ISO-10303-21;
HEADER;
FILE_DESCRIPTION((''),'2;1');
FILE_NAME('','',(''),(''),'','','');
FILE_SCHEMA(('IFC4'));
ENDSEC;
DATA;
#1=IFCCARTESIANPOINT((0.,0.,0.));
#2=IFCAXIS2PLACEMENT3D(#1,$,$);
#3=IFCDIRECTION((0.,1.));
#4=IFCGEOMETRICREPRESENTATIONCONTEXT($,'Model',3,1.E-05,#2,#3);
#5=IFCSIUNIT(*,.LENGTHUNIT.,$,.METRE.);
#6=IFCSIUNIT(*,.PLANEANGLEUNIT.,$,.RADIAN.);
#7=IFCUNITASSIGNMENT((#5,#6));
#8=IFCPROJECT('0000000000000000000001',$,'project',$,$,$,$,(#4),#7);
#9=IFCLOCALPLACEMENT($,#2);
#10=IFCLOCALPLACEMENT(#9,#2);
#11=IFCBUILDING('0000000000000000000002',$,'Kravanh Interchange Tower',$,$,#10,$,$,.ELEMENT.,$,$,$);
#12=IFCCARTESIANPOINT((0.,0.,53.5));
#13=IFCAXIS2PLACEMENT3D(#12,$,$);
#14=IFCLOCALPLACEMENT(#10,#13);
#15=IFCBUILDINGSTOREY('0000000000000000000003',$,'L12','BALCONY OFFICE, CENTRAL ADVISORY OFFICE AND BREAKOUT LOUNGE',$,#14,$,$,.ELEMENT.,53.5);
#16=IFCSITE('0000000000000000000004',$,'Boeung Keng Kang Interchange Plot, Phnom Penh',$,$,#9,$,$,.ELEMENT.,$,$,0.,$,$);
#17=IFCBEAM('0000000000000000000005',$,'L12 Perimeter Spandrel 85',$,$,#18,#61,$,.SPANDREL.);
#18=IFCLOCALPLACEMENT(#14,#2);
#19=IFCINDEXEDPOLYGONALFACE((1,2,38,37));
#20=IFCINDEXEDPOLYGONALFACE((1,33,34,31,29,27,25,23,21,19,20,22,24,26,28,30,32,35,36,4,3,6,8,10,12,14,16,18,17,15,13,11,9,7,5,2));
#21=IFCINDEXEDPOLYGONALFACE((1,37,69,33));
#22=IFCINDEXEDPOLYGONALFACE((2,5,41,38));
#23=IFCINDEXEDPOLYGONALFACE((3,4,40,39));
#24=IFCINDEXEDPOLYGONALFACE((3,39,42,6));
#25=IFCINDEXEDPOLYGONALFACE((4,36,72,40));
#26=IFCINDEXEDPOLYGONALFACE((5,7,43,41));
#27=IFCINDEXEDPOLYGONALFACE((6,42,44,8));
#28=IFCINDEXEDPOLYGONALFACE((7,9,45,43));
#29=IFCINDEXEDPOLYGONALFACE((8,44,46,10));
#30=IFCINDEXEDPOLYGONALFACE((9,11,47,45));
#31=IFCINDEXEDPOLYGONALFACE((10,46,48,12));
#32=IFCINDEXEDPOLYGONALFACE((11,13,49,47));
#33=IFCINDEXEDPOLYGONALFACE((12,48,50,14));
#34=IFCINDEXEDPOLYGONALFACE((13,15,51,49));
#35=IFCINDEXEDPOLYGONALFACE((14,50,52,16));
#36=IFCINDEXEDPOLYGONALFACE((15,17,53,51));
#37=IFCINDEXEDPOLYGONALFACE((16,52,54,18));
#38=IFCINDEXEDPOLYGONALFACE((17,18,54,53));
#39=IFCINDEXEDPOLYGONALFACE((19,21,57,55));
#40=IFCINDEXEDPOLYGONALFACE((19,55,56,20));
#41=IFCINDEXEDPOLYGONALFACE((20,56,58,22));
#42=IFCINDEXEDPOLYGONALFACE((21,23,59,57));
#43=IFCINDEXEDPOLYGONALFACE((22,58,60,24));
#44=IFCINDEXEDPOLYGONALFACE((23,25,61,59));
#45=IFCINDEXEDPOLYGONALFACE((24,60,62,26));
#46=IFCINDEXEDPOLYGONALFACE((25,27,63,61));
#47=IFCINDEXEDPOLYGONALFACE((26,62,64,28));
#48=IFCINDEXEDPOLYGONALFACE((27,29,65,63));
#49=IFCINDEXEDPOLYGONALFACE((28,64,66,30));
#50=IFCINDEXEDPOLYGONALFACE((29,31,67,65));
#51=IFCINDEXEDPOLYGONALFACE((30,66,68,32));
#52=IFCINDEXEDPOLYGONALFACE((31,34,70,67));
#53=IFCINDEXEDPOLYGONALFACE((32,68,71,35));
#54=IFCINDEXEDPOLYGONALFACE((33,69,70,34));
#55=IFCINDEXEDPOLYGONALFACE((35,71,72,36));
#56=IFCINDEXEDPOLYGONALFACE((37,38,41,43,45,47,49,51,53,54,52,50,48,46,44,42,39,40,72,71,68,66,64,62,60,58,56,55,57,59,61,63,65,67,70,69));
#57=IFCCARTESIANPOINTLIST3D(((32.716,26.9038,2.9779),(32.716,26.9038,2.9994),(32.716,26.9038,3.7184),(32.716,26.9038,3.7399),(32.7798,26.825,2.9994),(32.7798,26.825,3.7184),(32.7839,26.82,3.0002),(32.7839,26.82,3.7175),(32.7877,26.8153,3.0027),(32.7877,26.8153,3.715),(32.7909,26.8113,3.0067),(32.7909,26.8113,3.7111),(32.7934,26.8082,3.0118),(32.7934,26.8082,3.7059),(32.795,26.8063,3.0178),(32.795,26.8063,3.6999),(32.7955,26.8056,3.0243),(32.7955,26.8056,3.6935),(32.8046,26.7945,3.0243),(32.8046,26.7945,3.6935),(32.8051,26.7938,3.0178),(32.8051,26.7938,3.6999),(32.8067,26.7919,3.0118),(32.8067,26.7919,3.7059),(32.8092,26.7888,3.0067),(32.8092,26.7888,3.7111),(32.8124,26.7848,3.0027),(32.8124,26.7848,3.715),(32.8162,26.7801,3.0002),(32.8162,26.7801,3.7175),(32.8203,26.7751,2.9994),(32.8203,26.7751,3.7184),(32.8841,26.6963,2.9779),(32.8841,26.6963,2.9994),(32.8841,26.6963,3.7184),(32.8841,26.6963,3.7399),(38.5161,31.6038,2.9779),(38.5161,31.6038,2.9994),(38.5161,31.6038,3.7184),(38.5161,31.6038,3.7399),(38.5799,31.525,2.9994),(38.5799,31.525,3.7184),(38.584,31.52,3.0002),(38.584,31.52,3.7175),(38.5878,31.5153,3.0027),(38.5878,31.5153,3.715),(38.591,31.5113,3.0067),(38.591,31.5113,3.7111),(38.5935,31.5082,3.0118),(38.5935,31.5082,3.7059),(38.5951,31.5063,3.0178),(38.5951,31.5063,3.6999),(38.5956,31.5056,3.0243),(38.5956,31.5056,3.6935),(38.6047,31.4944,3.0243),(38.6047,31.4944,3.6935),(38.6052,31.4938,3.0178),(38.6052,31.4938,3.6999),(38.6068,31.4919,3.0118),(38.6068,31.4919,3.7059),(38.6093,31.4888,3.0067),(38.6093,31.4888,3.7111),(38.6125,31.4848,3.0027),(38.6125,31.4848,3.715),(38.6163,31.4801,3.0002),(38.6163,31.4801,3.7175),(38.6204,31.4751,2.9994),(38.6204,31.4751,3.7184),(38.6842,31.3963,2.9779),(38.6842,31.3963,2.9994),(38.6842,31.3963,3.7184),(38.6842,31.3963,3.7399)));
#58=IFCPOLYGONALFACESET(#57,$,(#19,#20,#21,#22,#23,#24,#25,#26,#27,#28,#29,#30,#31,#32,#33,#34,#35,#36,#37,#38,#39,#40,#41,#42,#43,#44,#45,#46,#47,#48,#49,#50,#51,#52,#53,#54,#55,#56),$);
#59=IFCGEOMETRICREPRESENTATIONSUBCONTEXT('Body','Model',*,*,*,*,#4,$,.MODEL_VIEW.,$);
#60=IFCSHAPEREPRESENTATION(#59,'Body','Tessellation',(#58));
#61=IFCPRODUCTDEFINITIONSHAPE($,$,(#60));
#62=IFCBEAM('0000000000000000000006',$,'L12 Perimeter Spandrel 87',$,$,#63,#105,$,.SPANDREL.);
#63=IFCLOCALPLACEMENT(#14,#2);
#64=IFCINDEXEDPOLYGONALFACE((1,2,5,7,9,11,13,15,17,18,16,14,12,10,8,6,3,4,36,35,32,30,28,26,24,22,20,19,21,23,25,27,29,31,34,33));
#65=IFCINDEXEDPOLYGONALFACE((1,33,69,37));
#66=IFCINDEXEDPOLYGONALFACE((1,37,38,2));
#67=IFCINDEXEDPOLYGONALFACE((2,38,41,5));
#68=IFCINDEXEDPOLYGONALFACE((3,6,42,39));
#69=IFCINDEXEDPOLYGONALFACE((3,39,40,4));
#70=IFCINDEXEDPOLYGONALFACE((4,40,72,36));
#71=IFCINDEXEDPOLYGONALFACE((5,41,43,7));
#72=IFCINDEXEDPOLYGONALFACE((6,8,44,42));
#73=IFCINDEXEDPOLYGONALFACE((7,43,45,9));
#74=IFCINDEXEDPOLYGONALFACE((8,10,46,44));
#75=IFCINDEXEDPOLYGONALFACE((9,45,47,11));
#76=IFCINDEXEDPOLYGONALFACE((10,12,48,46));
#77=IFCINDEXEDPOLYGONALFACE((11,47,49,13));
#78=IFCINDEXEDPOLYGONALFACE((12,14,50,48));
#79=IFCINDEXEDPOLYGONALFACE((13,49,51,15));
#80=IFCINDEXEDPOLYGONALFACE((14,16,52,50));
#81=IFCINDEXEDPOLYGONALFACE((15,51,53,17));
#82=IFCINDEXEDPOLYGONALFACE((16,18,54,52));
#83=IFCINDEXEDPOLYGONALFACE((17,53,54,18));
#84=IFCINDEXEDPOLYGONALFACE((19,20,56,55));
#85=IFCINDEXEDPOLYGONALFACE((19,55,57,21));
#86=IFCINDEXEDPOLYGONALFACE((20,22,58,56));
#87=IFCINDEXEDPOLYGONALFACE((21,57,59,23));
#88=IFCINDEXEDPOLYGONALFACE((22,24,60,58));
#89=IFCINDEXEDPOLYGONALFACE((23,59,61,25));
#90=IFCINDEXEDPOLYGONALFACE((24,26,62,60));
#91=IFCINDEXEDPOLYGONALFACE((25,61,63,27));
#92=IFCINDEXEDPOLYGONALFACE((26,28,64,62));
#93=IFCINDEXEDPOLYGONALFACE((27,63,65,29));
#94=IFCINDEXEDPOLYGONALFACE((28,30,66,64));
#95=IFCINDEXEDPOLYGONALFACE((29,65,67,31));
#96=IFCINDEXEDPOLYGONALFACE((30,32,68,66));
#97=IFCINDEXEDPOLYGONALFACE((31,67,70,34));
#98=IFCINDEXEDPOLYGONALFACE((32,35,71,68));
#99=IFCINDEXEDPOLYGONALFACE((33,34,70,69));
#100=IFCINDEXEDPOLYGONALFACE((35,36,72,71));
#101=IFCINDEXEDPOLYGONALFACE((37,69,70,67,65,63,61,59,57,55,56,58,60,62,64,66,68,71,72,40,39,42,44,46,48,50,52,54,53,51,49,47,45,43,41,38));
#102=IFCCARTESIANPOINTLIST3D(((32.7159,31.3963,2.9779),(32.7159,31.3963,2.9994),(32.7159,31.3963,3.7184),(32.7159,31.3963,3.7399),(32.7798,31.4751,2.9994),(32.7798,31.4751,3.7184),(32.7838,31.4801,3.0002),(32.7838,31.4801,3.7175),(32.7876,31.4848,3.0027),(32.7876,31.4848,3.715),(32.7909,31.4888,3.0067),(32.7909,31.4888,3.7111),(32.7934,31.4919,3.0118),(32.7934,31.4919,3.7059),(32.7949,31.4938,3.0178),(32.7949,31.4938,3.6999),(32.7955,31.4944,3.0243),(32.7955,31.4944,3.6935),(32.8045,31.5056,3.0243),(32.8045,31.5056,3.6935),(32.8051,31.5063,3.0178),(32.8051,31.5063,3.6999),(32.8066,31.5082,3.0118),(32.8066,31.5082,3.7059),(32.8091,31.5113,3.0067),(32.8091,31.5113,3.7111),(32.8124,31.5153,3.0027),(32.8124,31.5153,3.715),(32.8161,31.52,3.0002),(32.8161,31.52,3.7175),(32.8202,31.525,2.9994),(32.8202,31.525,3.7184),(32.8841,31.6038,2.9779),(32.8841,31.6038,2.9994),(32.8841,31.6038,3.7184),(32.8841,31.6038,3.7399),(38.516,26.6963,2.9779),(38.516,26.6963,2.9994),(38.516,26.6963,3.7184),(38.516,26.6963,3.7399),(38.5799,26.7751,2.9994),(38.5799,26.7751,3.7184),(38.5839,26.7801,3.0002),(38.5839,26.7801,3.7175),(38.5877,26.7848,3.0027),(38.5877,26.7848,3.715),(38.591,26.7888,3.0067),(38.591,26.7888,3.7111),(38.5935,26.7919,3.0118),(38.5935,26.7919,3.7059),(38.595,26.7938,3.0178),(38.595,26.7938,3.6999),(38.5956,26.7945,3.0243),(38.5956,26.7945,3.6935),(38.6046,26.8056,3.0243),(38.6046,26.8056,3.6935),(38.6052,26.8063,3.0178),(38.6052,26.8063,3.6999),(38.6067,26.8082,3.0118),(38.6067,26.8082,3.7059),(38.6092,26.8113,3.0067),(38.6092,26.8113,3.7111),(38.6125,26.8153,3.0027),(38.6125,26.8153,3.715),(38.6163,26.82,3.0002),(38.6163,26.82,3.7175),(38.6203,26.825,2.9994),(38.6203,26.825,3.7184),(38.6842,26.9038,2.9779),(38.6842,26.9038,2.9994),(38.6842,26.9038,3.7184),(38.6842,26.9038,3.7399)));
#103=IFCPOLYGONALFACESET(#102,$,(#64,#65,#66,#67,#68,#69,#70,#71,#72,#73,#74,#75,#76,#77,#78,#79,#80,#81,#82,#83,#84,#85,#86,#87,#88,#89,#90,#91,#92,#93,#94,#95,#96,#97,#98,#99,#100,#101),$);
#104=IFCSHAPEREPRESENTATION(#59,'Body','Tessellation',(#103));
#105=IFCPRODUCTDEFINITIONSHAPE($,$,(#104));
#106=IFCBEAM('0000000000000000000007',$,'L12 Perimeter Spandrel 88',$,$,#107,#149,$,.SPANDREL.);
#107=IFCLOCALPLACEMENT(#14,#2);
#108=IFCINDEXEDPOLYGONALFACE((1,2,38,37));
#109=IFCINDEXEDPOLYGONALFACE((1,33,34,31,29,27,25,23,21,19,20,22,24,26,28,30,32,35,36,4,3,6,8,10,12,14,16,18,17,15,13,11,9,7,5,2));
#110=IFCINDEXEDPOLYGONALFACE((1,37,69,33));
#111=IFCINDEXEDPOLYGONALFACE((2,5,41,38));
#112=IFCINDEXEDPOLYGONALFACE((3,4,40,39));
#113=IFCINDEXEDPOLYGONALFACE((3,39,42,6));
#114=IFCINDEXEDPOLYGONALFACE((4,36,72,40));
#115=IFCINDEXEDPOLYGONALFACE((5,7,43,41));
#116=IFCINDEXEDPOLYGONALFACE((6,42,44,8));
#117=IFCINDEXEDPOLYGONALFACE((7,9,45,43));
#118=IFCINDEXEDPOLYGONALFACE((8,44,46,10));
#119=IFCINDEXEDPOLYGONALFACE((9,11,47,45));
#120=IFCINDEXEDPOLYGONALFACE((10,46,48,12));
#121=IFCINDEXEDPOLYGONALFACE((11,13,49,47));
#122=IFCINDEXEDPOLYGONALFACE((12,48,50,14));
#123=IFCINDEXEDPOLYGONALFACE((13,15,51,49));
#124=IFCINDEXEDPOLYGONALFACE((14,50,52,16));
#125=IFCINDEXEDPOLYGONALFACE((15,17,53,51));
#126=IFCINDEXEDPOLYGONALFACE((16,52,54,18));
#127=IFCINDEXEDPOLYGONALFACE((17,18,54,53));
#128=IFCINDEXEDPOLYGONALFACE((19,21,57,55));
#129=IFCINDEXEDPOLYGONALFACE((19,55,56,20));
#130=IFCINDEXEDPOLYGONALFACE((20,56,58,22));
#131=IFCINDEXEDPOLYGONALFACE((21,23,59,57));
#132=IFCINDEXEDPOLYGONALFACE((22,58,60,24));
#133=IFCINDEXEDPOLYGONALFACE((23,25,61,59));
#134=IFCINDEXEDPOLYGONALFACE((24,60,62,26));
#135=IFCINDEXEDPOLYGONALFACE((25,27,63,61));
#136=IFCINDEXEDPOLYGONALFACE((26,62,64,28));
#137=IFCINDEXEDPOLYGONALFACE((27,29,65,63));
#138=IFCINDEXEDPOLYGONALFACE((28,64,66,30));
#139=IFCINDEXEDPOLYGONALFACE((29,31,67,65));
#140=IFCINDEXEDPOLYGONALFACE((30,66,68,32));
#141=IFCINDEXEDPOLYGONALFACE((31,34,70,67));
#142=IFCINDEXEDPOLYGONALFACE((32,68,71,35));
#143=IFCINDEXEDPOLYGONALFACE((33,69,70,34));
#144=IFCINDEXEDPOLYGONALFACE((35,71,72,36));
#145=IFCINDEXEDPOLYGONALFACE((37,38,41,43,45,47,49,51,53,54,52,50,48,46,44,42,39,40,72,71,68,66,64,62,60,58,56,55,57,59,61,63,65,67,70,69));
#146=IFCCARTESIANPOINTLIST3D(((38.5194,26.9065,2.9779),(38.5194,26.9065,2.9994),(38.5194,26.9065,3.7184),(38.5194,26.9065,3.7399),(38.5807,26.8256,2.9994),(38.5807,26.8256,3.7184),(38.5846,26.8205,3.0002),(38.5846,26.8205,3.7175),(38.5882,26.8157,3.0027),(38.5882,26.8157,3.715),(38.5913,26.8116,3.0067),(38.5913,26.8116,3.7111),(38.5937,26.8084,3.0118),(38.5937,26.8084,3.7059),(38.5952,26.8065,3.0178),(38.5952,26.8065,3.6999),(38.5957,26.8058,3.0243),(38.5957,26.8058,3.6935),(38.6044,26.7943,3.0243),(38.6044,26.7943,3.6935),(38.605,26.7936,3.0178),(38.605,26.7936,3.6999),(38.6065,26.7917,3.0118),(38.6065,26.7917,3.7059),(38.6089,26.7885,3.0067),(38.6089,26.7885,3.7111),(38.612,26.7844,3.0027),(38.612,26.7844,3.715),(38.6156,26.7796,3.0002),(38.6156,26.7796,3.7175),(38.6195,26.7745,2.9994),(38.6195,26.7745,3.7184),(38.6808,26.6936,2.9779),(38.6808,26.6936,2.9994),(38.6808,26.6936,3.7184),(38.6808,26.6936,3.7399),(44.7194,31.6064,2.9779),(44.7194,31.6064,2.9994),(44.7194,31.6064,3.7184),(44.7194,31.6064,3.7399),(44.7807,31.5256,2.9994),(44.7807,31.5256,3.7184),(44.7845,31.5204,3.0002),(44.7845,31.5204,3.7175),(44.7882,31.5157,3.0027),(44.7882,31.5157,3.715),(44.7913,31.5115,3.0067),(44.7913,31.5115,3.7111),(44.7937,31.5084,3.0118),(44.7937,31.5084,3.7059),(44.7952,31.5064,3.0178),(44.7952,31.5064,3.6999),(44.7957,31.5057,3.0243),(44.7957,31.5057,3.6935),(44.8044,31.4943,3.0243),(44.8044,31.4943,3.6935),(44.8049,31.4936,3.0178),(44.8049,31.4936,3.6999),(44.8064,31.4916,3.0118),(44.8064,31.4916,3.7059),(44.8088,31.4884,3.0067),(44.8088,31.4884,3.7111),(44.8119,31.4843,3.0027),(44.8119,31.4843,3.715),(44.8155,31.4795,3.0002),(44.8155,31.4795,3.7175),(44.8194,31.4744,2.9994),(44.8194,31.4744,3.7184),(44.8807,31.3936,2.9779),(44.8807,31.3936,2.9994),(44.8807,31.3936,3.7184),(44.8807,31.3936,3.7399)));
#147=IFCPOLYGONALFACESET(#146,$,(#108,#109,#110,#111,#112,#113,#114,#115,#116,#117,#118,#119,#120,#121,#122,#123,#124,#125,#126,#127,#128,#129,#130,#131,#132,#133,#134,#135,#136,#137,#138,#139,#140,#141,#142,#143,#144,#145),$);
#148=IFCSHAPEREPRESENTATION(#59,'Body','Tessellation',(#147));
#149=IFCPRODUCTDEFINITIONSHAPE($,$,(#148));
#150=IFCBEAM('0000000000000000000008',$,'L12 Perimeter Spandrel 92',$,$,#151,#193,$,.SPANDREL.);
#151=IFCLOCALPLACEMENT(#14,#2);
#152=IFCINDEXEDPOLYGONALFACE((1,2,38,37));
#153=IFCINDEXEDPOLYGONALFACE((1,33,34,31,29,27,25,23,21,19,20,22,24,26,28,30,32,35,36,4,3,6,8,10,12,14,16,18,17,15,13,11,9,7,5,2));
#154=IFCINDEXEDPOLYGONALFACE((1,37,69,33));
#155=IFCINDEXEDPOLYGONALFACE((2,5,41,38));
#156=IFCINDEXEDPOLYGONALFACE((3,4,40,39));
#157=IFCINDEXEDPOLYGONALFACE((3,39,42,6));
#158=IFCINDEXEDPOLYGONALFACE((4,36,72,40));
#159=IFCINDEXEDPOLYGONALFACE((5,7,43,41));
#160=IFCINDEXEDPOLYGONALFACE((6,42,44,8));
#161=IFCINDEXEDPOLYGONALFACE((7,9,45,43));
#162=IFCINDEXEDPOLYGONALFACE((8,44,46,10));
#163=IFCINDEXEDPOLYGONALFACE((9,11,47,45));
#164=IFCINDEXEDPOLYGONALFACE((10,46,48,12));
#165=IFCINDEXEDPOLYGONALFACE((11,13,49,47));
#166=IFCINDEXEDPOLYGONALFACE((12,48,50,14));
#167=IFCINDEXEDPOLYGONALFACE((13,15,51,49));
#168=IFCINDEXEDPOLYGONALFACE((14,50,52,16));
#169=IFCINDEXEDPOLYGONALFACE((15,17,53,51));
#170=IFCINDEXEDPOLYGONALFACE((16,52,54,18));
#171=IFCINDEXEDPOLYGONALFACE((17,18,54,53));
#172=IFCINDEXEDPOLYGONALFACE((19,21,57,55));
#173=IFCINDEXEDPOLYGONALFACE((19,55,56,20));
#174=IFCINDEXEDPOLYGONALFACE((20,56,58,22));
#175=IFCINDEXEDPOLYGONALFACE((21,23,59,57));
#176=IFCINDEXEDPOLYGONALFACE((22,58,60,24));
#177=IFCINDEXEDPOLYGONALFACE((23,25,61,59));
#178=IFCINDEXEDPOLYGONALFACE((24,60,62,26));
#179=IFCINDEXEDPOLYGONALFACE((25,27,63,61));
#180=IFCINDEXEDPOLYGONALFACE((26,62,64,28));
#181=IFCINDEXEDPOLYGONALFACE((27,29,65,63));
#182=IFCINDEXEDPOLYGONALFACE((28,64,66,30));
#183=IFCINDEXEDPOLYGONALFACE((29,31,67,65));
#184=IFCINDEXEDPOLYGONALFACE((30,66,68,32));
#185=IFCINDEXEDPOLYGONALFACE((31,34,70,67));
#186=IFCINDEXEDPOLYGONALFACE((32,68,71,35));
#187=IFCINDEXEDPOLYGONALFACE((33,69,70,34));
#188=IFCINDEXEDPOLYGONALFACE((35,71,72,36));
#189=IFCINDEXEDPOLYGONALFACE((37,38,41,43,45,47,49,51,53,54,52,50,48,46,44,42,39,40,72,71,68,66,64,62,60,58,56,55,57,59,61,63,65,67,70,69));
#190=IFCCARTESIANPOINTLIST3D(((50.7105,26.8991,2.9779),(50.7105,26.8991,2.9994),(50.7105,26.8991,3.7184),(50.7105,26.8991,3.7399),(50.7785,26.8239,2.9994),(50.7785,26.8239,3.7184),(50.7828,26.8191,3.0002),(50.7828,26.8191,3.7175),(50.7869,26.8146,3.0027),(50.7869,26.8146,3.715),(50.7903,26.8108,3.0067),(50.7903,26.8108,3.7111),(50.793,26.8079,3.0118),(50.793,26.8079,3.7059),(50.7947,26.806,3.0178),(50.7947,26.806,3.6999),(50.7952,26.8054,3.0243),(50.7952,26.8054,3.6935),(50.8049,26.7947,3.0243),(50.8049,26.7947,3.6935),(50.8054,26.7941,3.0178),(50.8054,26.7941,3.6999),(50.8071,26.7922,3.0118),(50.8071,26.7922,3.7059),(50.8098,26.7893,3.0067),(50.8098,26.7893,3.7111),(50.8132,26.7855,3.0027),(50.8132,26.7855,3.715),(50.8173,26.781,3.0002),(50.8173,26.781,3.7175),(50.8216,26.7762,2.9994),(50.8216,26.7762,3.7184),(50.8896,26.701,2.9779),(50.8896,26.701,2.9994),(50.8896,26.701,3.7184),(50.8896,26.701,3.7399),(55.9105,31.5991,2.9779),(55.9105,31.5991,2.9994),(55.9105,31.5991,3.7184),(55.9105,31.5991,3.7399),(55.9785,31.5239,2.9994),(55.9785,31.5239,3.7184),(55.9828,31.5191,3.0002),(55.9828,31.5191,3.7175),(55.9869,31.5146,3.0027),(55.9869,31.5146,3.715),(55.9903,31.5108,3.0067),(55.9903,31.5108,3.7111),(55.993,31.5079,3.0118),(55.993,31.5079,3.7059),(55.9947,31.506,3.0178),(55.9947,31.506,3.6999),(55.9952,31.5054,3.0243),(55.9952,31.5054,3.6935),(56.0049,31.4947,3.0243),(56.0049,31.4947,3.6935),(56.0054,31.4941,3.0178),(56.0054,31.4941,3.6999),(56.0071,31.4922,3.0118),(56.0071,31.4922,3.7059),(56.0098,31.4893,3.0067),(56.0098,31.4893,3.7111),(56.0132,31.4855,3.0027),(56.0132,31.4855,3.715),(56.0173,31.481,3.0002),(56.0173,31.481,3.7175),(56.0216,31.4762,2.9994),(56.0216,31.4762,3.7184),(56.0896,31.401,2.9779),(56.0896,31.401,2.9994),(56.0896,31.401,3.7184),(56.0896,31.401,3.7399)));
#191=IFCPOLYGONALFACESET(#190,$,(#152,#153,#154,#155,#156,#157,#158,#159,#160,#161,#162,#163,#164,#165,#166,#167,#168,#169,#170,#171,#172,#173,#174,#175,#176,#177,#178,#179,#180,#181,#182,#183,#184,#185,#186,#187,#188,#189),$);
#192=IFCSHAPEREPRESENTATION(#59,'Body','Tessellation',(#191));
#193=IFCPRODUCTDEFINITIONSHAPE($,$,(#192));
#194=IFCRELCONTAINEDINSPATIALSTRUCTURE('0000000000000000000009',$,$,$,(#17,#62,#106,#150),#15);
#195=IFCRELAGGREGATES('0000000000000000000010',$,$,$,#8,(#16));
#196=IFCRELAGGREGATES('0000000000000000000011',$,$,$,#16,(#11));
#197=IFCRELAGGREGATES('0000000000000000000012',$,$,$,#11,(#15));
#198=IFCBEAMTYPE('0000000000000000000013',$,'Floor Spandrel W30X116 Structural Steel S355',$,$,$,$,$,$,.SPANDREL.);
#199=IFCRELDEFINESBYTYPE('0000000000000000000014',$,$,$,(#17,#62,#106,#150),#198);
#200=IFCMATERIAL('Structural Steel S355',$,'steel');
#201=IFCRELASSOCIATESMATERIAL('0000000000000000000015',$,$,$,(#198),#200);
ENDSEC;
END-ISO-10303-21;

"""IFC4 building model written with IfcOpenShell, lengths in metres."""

from ifc_helpers import new_model, si_unit, direction, frame, origin, origin_2d, place, context, subcontext, project, spatial, i_section, extrude, material, material_profile, profile_set, type_object, element, save


model = new_model("IFC4")

# Units and contexts
model_context = context("Model", 3, precision=1e-05, world=origin(), true_north=direction((0.0, 1.0)))
body_context = subcontext(model_context, "Body", "Model", "MODEL_VIEW")
ifc_project = project(units=[si_unit("LENGTHUNIT", "METRE"), si_unit("PLANEANGLEUNIT", "RADIAN")], contexts=[model_context])

# Site, building, storey
site_placement = place(None, origin())
site = spatial("IfcSite", under=ifc_project, at=site_placement, Name="Boeung Keng Kang Interchange Plot, Phnom Penh", CompositionType="ELEMENT", RefElevation=0.0)
building_placement = place(site_placement, origin())
building = spatial("IfcBuilding", under=site, at=building_placement, Name="Kravanh Interchange Tower", CompositionType="ELEMENT")
storey_placement = place(building_placement, frame((0.0, 0.0, 53.5)))
storey = spatial("IfcBuildingStorey", under=building, at=storey_placement, Name="L12", Description="BALCONY OFFICE, CENTRAL ADVISORY OFFICE AND BREAKOUT LOUNGE", CompositionType="ELEMENT", Elevation=53.5)

# Beams
ifc_material_1 = material(Name="Structural Steel S355", Category="steel")
ifc_material_profile_1 = material_profile(ifc_material_1, i_section(OverallWidth=0.2671, OverallDepth=0.762, WebThickness=0.0144, FlangeThickness=0.0215, FilletRadius=0.0249, at=origin_2d()), Name="W30X116")
ifc_profile_set_1 = profile_set([ifc_material_profile_1], Name="Structural Steel S355")
beam_type_1 = type_object("IfcBeamType", Name="Floor Spandrel W30X116 Structural Steel S355", PredefinedType="SPANDREL", material=ifc_profile_set_1)
for number, where, z_axis, x_axis, name in (
    (1, (32.8, 26.8, 3.3589), (0.776939, 0.629576, 0.0), (-0.629576, 0.776939, 0.0), "L12 Perimeter Spandrel 85"),
    (2, (38.6001, 26.8, 3.3589), (-0.776939, 0.629576, 0.0), (-0.629576, -0.776939, 0.0), "L12 Perimeter Spandrel 87"),
):
    element("IfcBeam", number, at=place(storey_placement, frame(where, z_axis=z_axis, x_axis=x_axis)), inside=storey, type_object=beam_type_1, Name=name, PredefinedType="SPANDREL", context=body_context, shape_type="SweptSolid", body=[
        extrude(i_section(OverallWidth=0.2671, OverallDepth=0.762, WebThickness=0.0144, FlangeThickness=0.0215, FilletRadius=0.0249, at=origin_2d()), origin(), (0.0, 0.0, 1.0), 7.4653),
    ])
beam_1_placement = place(storey_placement, frame((38.6001, 26.8, 3.3589), z_axis=(0.796905, 0.604104, 0.0), x_axis=(-0.604104, 0.796905, 0.0)))
element("IfcBeam", 3, at=beam_1_placement, inside=storey, type_object=beam_type_1, Name="L12 Perimeter Spandrel 88", PredefinedType="SPANDREL", context=body_context, shape_type="SweptSolid", body=[
    extrude(i_section(OverallWidth=0.2671, OverallDepth=0.762, WebThickness=0.0144, FlangeThickness=0.0215, FilletRadius=0.0249, at=origin_2d()), origin(), (0.0, 0.0, 1.0), 7.78),
])
beam_2_placement = place(storey_placement, frame((50.8, 26.8, 3.3589), z_axis=(0.741874, 0.670539, 0.0), x_axis=(-0.670539, 0.741874, 0.0)))
element("IfcBeam", 4, at=beam_2_placement, inside=storey, type_object=beam_type_1, Name="L12 Perimeter Spandrel 92", PredefinedType="SPANDREL", context=body_context, shape_type="SweptSolid", body=[
    extrude(i_section(OverallWidth=0.2671, OverallDepth=0.762, WebThickness=0.0144, FlangeThickness=0.0215, FilletRadius=0.0249, at=origin_2d()), origin(), (0.0, 0.0, 1.0), 7.0093),
])

save(model, "model.ifc")
